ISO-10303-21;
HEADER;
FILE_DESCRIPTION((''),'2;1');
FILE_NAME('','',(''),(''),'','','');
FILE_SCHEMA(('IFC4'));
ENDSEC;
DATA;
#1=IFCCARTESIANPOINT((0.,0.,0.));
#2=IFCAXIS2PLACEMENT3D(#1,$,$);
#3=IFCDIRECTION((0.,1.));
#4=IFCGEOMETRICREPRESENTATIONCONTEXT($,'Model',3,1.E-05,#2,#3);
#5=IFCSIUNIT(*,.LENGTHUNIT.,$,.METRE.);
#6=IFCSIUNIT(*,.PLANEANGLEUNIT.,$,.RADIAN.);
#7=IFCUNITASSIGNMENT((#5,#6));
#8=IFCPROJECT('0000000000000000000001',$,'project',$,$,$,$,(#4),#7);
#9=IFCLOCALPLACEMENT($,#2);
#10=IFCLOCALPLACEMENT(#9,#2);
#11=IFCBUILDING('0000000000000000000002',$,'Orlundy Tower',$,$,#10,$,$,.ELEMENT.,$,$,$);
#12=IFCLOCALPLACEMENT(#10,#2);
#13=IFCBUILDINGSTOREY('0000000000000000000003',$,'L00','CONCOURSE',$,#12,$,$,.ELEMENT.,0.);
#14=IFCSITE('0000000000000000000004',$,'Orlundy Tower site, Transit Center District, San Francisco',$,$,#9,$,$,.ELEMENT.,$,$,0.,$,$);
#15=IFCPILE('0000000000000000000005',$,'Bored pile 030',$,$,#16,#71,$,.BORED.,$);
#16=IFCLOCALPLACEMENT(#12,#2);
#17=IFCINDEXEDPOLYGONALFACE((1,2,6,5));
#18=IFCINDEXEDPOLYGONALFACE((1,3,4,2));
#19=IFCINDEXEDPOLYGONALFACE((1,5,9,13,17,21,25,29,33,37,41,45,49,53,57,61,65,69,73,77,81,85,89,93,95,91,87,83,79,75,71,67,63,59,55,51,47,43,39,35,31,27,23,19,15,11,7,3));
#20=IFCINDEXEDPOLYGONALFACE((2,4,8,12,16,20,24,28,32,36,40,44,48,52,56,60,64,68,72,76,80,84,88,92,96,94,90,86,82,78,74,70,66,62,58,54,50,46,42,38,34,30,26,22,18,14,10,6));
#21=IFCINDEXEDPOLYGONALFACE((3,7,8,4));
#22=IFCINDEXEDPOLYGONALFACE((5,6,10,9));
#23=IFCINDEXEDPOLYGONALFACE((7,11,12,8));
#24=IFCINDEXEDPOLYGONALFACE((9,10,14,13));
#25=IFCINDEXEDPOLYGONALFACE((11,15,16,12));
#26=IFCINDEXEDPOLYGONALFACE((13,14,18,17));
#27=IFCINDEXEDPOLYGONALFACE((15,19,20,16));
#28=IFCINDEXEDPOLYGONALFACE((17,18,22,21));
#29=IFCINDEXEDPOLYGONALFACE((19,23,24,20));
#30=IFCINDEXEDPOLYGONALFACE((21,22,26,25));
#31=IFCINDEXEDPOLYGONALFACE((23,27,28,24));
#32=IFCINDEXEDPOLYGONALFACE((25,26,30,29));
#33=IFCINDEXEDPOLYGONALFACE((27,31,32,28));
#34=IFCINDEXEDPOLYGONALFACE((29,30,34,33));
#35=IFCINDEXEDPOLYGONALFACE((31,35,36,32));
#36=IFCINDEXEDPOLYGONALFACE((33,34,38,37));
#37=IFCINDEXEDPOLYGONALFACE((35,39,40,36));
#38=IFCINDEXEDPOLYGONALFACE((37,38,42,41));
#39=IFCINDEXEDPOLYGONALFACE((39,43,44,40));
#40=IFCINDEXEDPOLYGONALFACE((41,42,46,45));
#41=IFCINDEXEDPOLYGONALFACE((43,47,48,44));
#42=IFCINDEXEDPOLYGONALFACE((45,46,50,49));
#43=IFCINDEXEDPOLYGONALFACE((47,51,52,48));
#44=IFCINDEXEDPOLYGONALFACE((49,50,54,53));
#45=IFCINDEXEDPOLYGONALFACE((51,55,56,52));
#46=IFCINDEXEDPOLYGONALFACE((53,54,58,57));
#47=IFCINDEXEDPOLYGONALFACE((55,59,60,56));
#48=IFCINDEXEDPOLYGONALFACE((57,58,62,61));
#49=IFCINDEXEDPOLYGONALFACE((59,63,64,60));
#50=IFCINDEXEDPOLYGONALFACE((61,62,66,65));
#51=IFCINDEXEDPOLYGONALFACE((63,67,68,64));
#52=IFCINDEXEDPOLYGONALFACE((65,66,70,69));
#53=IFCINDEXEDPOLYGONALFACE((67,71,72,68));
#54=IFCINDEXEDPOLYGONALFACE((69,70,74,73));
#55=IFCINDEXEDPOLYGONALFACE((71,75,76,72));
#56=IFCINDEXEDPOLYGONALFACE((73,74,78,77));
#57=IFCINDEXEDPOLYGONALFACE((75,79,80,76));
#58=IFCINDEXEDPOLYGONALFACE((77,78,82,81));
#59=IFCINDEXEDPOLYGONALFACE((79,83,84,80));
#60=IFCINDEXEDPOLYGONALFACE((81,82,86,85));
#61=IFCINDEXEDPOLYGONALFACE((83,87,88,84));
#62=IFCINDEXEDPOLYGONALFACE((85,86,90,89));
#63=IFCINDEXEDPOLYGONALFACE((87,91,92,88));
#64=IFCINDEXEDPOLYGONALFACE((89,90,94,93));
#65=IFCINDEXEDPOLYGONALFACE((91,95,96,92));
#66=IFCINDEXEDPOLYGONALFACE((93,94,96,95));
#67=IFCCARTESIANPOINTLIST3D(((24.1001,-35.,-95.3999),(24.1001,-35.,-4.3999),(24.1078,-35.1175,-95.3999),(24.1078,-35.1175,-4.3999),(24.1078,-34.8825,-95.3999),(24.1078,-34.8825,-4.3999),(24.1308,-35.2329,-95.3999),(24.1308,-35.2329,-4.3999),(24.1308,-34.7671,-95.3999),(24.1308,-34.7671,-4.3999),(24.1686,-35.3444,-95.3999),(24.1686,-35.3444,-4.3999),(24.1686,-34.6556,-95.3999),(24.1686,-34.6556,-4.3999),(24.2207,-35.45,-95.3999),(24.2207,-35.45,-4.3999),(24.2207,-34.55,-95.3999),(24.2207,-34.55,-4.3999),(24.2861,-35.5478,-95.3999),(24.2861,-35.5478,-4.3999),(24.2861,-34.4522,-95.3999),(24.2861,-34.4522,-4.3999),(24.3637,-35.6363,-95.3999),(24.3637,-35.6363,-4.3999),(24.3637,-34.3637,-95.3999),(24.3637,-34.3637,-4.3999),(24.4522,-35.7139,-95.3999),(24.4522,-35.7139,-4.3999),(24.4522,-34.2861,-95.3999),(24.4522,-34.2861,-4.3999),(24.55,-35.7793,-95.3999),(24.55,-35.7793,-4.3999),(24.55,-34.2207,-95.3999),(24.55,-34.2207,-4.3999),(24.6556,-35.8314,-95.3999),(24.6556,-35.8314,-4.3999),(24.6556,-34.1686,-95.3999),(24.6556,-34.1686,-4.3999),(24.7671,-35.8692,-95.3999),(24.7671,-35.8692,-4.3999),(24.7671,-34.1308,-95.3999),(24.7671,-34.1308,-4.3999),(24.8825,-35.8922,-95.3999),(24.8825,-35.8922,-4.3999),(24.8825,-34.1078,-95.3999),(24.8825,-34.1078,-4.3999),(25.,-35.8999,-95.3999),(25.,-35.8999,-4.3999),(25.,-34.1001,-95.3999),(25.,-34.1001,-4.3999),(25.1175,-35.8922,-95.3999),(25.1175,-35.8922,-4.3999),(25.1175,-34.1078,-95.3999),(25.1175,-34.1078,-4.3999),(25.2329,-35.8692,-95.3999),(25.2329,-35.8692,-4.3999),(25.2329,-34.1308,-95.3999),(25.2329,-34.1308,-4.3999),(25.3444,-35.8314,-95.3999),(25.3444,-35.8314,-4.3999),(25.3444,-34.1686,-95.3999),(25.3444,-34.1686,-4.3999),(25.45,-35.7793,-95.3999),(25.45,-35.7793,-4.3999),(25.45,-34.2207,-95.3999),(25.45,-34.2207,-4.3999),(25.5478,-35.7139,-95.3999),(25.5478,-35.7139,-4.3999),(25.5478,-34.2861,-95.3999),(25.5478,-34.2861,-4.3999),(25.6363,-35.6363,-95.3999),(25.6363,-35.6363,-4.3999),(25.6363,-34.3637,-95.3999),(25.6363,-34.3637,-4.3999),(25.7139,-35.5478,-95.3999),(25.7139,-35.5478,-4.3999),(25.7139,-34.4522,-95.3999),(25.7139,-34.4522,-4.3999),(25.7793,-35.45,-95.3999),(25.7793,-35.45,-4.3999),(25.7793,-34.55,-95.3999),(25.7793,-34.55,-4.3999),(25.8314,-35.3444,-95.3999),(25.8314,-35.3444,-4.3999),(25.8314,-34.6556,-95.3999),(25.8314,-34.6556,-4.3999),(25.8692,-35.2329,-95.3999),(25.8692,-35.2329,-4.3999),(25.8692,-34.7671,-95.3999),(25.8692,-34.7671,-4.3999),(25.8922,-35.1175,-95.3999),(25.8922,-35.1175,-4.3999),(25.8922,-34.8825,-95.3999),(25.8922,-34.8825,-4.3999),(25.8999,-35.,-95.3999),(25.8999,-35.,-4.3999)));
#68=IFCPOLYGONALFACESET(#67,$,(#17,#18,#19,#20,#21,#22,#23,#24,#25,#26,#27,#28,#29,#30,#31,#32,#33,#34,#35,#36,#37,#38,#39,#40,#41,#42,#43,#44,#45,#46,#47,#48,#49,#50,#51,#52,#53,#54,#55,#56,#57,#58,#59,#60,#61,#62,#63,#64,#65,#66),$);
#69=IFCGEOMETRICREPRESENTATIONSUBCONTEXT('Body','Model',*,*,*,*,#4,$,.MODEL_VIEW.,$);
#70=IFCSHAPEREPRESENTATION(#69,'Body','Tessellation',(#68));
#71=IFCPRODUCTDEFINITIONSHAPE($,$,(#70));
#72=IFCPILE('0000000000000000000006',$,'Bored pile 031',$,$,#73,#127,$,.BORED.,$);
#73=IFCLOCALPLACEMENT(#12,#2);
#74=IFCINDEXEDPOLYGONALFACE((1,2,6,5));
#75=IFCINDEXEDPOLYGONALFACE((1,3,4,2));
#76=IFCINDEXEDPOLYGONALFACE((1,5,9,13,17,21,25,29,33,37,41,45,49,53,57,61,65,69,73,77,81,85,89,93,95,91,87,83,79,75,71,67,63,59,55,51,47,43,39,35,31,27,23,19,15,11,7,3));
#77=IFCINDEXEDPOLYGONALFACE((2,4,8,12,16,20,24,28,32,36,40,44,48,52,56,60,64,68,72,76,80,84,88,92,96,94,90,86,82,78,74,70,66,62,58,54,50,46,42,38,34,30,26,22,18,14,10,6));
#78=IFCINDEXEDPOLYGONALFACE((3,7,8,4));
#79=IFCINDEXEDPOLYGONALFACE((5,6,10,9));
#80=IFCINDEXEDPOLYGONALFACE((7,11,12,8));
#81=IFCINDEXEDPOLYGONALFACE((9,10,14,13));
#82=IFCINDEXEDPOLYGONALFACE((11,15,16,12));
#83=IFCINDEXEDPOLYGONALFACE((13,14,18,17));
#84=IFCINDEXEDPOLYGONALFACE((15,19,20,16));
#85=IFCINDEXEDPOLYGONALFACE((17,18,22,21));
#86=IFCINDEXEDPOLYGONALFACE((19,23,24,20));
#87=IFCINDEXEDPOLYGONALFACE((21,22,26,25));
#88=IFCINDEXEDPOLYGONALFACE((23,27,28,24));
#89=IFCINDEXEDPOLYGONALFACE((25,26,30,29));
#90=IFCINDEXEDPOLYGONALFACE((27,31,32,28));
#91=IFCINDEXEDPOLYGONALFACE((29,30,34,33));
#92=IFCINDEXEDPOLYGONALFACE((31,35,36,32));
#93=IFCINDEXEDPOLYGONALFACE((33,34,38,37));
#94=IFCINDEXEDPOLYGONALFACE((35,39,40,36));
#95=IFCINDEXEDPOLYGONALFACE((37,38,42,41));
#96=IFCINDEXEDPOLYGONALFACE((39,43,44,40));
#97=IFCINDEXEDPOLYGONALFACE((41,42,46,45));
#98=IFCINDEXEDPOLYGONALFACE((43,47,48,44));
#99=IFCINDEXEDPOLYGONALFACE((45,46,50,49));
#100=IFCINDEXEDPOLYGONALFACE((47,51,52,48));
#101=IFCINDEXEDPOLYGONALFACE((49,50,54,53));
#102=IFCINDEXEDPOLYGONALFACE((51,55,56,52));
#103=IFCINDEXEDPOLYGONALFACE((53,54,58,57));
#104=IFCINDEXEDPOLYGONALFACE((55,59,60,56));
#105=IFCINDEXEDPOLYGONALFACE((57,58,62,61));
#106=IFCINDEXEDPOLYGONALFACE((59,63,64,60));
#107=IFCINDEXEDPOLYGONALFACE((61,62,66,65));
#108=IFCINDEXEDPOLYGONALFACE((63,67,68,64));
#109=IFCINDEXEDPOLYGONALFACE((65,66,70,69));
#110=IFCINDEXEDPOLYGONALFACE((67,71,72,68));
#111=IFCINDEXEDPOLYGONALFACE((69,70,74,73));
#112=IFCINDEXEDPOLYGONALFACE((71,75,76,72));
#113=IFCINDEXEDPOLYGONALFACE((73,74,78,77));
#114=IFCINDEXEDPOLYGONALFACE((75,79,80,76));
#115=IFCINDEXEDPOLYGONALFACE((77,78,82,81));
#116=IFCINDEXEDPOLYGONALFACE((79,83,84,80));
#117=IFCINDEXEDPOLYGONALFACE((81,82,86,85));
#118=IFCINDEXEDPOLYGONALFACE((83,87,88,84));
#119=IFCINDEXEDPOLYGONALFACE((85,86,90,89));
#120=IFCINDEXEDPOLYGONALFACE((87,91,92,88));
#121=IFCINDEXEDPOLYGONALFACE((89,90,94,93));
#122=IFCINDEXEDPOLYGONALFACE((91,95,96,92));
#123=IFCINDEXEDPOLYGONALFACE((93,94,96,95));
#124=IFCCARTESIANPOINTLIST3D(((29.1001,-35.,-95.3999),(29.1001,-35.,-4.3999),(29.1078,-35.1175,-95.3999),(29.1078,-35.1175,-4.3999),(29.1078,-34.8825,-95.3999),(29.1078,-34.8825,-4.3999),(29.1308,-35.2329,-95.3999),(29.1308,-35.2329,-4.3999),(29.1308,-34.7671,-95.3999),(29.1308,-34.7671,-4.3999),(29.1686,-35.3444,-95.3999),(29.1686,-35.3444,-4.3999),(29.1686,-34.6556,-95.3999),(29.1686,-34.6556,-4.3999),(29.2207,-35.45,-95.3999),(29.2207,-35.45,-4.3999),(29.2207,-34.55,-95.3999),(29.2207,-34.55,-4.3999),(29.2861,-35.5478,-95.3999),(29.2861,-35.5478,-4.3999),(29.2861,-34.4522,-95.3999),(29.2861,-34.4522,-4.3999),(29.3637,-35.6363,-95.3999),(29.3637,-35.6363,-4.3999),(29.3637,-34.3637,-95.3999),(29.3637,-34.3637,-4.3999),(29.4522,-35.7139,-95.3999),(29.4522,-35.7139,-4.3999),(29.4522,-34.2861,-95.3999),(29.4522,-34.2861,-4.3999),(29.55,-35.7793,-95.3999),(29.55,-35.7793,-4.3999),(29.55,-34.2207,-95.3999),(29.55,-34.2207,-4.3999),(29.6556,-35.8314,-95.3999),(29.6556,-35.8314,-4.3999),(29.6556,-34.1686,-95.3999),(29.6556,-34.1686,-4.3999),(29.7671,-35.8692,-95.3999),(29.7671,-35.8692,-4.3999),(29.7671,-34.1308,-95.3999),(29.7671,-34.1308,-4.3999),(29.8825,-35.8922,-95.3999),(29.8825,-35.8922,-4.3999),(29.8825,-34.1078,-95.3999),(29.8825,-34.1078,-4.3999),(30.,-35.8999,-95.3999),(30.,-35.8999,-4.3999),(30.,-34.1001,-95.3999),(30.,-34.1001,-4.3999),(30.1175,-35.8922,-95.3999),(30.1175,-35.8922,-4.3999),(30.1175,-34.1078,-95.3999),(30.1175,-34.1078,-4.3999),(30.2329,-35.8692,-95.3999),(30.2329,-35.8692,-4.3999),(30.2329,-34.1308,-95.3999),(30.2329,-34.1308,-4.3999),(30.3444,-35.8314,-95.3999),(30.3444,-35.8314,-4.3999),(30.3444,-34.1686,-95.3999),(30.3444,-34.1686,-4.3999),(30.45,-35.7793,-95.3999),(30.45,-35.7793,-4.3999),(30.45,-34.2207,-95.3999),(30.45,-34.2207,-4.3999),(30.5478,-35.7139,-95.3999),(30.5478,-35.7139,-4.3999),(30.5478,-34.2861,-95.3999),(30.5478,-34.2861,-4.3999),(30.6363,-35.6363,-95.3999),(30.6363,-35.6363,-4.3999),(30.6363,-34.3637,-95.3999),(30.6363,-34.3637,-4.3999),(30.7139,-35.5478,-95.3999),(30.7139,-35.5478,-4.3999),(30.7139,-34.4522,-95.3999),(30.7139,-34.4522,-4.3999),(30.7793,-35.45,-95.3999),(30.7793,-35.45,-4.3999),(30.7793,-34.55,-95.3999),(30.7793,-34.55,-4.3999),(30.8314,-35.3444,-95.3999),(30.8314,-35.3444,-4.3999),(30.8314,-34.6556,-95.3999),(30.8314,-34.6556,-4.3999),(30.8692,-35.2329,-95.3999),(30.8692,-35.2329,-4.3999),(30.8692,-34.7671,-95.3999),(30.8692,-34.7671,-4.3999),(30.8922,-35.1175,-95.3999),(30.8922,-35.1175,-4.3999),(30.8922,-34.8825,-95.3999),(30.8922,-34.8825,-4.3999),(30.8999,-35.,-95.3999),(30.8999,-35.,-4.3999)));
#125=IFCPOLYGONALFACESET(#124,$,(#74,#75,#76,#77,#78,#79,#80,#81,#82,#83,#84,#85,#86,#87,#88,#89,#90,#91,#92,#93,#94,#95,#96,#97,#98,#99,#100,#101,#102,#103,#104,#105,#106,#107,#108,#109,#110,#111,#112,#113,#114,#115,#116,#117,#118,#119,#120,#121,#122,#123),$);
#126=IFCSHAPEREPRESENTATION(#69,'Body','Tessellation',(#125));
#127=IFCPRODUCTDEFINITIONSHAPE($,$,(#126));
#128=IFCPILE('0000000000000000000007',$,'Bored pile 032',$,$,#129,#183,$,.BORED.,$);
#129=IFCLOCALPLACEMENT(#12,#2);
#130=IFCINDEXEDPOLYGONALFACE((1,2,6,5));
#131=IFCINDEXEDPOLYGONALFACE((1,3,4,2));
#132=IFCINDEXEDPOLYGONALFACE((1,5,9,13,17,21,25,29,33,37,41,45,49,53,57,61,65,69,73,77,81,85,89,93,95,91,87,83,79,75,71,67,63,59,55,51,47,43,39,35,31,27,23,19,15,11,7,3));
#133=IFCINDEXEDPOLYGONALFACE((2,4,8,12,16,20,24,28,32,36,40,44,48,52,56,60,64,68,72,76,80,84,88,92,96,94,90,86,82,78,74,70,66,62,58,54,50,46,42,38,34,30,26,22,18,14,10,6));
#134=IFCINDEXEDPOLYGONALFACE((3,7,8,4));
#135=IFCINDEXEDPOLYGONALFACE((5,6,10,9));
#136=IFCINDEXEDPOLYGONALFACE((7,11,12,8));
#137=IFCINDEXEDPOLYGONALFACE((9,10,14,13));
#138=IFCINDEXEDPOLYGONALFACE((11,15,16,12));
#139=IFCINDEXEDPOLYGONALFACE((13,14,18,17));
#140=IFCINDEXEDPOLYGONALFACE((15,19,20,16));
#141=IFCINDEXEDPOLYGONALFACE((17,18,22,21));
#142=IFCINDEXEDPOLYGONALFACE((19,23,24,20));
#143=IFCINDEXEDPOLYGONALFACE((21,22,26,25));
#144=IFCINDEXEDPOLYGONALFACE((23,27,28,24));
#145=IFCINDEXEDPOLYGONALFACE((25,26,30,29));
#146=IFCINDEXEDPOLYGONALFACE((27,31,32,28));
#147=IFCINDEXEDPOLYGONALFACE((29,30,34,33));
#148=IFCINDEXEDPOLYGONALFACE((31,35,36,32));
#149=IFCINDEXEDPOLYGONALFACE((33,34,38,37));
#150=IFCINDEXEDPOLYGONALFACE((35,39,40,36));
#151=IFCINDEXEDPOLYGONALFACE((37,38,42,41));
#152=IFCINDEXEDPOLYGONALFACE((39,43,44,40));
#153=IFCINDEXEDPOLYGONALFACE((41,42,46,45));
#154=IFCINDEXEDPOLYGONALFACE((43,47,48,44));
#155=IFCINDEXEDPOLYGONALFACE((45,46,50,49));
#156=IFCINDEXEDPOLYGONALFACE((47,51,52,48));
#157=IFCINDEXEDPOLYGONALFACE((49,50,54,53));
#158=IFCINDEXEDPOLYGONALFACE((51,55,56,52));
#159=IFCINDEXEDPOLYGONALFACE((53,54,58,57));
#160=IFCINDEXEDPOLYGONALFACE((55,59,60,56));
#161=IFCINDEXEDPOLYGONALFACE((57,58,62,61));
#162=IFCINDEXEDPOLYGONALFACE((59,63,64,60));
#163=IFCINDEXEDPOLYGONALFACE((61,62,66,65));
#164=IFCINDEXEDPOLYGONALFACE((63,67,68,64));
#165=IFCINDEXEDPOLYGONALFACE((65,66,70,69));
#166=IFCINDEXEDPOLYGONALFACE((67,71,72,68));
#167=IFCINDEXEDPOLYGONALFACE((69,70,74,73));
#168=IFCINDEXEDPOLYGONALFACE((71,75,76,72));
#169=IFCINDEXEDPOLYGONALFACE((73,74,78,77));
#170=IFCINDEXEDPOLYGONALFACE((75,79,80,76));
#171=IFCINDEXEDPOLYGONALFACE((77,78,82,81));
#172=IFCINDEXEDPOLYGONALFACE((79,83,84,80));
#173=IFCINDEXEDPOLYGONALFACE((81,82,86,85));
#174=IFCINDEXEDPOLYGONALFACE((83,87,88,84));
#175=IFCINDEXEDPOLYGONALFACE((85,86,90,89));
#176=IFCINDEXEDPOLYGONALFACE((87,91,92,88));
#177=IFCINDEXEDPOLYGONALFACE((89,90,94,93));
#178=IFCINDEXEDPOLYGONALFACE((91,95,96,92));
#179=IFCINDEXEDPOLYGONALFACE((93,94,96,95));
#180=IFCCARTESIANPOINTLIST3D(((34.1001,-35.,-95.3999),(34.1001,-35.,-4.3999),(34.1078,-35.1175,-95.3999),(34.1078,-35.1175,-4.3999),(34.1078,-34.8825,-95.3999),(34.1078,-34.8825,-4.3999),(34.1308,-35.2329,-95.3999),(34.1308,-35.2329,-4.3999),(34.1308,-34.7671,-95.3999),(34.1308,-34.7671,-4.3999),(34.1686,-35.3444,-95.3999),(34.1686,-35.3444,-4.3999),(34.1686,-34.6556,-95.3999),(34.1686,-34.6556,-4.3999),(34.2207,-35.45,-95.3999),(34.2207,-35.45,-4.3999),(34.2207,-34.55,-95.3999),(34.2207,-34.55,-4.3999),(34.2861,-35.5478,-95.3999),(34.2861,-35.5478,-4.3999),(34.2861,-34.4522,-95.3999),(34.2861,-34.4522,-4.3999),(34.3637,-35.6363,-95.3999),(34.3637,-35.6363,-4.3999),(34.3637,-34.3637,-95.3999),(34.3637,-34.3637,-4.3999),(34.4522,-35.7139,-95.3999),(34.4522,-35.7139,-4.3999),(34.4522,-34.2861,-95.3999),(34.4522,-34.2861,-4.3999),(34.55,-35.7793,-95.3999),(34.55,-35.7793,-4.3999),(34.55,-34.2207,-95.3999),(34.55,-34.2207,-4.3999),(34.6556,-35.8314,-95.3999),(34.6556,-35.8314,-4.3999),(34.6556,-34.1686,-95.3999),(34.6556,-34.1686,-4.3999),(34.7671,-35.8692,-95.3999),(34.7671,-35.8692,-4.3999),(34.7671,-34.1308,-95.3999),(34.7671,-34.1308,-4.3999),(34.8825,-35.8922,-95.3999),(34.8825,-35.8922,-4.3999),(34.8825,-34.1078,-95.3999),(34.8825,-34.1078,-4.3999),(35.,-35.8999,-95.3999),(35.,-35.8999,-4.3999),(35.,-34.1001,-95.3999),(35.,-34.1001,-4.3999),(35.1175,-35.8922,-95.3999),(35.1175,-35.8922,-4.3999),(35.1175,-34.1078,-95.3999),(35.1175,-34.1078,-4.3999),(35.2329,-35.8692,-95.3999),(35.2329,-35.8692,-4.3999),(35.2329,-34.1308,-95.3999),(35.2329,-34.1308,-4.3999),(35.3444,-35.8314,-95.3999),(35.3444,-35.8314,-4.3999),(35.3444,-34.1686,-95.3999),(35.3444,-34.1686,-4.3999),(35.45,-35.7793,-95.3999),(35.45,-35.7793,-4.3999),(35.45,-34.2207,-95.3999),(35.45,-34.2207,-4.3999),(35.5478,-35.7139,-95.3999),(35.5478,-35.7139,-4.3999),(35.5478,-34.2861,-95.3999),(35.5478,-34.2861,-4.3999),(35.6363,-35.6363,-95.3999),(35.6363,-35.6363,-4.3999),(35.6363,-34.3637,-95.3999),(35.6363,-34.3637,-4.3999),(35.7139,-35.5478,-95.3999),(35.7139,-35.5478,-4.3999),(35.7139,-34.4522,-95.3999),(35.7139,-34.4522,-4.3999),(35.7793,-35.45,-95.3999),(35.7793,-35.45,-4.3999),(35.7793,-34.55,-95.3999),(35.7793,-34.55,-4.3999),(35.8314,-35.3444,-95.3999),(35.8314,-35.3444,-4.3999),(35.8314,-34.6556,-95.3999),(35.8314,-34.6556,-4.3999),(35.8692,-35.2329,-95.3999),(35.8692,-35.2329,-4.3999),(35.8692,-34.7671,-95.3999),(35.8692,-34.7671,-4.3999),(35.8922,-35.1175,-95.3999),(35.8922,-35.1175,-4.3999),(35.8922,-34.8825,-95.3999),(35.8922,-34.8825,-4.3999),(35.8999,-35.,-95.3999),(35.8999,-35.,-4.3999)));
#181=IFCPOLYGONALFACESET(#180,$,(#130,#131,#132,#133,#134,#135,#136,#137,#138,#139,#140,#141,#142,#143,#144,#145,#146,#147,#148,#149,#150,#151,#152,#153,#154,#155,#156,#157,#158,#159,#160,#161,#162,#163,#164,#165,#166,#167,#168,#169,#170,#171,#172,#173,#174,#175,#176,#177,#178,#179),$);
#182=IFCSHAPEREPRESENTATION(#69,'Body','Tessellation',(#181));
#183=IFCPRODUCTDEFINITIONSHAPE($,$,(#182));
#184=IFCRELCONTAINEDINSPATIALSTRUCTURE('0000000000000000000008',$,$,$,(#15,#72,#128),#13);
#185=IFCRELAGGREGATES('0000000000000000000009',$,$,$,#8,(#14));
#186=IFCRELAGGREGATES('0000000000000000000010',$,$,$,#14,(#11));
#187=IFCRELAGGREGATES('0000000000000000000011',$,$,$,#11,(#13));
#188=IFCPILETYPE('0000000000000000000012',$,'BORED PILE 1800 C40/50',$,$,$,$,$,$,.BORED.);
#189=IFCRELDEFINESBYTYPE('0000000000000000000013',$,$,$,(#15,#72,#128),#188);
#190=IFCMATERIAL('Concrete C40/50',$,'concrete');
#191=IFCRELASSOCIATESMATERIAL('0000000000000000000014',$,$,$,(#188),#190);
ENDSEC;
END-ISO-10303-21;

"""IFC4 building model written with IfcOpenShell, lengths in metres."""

from ifc_helpers import new_model, si_unit, direction, frame, origin, origin_2d, place, context, subcontext, project, spatial, circle, extrude, material, material_profile, profile_set, type_object, element, save


model = new_model("IFC4")

# Units and contexts
model_context = context("Model", 3, precision=1e-05, world=origin(), true_north=direction((0.0, 1.0)))
body_context = subcontext(model_context, "Body", "Model", "MODEL_VIEW")
ifc_project = project(units=[si_unit("LENGTHUNIT", "METRE"), si_unit("PLANEANGLEUNIT", "RADIAN")], contexts=[model_context])

# Site, building, storey
site_placement = place(None, origin())
site = spatial("IfcSite", under=ifc_project, at=site_placement, Name="Orlundy Tower site, Transit Center District, San Francisco", CompositionType="ELEMENT", RefElevation=0.0)
building_placement = place(site_placement, origin())
building = spatial("IfcBuilding", under=site, at=building_placement, Name="Orlundy Tower", CompositionType="ELEMENT")
storey_placement = place(building_placement, origin())
storey = spatial("IfcBuildingStorey", under=building, at=storey_placement, Name="L00", Description="CONCOURSE", CompositionType="ELEMENT", Elevation=0.0)

# Piles
ifc_material_1 = material(Name="Concrete C40/50", Category="concrete")
ifc_material_profile_1 = material_profile(ifc_material_1, circle(Radius=0.8999, at=origin_2d()), Name="BP1800")
ifc_profile_set_1 = profile_set([ifc_material_profile_1], Name="Concrete C40/50")
pile_type = type_object("IfcPileType", Name="BORED PILE 1800 C40/50", PredefinedType="BORED", material=ifc_profile_set_1)
for number, where, z_axis, x_axis, name in (
    (1, (25.0, -35.0, -4.3999), (0.0, 0.0, -1.0), (1.0, 0.0, 0.0), "Bored pile 030"),
    (2, (30.0, -35.0, -4.3999), (0.0, 0.0, -1.0), (1.0, 0.0, 0.0), "Bored pile 031"),
    (3, (35.0, -35.0, -4.3999), (0.0, 0.0, -1.0), (1.0, 0.0, 0.0), "Bored pile 032"),
):
    element("IfcPile", number, at=place(storey_placement, frame(where, z_axis=z_axis, x_axis=x_axis)), inside=storey, type_object=pile_type, Name=name, PredefinedType="BORED", context=body_context, shape_type="SweptSolid", body=[
        extrude(circle(Radius=0.8999, at=origin_2d()), origin(), (0.0, 0.0, 1.0), 91.0),
    ])

save(model, "model.ifc")
